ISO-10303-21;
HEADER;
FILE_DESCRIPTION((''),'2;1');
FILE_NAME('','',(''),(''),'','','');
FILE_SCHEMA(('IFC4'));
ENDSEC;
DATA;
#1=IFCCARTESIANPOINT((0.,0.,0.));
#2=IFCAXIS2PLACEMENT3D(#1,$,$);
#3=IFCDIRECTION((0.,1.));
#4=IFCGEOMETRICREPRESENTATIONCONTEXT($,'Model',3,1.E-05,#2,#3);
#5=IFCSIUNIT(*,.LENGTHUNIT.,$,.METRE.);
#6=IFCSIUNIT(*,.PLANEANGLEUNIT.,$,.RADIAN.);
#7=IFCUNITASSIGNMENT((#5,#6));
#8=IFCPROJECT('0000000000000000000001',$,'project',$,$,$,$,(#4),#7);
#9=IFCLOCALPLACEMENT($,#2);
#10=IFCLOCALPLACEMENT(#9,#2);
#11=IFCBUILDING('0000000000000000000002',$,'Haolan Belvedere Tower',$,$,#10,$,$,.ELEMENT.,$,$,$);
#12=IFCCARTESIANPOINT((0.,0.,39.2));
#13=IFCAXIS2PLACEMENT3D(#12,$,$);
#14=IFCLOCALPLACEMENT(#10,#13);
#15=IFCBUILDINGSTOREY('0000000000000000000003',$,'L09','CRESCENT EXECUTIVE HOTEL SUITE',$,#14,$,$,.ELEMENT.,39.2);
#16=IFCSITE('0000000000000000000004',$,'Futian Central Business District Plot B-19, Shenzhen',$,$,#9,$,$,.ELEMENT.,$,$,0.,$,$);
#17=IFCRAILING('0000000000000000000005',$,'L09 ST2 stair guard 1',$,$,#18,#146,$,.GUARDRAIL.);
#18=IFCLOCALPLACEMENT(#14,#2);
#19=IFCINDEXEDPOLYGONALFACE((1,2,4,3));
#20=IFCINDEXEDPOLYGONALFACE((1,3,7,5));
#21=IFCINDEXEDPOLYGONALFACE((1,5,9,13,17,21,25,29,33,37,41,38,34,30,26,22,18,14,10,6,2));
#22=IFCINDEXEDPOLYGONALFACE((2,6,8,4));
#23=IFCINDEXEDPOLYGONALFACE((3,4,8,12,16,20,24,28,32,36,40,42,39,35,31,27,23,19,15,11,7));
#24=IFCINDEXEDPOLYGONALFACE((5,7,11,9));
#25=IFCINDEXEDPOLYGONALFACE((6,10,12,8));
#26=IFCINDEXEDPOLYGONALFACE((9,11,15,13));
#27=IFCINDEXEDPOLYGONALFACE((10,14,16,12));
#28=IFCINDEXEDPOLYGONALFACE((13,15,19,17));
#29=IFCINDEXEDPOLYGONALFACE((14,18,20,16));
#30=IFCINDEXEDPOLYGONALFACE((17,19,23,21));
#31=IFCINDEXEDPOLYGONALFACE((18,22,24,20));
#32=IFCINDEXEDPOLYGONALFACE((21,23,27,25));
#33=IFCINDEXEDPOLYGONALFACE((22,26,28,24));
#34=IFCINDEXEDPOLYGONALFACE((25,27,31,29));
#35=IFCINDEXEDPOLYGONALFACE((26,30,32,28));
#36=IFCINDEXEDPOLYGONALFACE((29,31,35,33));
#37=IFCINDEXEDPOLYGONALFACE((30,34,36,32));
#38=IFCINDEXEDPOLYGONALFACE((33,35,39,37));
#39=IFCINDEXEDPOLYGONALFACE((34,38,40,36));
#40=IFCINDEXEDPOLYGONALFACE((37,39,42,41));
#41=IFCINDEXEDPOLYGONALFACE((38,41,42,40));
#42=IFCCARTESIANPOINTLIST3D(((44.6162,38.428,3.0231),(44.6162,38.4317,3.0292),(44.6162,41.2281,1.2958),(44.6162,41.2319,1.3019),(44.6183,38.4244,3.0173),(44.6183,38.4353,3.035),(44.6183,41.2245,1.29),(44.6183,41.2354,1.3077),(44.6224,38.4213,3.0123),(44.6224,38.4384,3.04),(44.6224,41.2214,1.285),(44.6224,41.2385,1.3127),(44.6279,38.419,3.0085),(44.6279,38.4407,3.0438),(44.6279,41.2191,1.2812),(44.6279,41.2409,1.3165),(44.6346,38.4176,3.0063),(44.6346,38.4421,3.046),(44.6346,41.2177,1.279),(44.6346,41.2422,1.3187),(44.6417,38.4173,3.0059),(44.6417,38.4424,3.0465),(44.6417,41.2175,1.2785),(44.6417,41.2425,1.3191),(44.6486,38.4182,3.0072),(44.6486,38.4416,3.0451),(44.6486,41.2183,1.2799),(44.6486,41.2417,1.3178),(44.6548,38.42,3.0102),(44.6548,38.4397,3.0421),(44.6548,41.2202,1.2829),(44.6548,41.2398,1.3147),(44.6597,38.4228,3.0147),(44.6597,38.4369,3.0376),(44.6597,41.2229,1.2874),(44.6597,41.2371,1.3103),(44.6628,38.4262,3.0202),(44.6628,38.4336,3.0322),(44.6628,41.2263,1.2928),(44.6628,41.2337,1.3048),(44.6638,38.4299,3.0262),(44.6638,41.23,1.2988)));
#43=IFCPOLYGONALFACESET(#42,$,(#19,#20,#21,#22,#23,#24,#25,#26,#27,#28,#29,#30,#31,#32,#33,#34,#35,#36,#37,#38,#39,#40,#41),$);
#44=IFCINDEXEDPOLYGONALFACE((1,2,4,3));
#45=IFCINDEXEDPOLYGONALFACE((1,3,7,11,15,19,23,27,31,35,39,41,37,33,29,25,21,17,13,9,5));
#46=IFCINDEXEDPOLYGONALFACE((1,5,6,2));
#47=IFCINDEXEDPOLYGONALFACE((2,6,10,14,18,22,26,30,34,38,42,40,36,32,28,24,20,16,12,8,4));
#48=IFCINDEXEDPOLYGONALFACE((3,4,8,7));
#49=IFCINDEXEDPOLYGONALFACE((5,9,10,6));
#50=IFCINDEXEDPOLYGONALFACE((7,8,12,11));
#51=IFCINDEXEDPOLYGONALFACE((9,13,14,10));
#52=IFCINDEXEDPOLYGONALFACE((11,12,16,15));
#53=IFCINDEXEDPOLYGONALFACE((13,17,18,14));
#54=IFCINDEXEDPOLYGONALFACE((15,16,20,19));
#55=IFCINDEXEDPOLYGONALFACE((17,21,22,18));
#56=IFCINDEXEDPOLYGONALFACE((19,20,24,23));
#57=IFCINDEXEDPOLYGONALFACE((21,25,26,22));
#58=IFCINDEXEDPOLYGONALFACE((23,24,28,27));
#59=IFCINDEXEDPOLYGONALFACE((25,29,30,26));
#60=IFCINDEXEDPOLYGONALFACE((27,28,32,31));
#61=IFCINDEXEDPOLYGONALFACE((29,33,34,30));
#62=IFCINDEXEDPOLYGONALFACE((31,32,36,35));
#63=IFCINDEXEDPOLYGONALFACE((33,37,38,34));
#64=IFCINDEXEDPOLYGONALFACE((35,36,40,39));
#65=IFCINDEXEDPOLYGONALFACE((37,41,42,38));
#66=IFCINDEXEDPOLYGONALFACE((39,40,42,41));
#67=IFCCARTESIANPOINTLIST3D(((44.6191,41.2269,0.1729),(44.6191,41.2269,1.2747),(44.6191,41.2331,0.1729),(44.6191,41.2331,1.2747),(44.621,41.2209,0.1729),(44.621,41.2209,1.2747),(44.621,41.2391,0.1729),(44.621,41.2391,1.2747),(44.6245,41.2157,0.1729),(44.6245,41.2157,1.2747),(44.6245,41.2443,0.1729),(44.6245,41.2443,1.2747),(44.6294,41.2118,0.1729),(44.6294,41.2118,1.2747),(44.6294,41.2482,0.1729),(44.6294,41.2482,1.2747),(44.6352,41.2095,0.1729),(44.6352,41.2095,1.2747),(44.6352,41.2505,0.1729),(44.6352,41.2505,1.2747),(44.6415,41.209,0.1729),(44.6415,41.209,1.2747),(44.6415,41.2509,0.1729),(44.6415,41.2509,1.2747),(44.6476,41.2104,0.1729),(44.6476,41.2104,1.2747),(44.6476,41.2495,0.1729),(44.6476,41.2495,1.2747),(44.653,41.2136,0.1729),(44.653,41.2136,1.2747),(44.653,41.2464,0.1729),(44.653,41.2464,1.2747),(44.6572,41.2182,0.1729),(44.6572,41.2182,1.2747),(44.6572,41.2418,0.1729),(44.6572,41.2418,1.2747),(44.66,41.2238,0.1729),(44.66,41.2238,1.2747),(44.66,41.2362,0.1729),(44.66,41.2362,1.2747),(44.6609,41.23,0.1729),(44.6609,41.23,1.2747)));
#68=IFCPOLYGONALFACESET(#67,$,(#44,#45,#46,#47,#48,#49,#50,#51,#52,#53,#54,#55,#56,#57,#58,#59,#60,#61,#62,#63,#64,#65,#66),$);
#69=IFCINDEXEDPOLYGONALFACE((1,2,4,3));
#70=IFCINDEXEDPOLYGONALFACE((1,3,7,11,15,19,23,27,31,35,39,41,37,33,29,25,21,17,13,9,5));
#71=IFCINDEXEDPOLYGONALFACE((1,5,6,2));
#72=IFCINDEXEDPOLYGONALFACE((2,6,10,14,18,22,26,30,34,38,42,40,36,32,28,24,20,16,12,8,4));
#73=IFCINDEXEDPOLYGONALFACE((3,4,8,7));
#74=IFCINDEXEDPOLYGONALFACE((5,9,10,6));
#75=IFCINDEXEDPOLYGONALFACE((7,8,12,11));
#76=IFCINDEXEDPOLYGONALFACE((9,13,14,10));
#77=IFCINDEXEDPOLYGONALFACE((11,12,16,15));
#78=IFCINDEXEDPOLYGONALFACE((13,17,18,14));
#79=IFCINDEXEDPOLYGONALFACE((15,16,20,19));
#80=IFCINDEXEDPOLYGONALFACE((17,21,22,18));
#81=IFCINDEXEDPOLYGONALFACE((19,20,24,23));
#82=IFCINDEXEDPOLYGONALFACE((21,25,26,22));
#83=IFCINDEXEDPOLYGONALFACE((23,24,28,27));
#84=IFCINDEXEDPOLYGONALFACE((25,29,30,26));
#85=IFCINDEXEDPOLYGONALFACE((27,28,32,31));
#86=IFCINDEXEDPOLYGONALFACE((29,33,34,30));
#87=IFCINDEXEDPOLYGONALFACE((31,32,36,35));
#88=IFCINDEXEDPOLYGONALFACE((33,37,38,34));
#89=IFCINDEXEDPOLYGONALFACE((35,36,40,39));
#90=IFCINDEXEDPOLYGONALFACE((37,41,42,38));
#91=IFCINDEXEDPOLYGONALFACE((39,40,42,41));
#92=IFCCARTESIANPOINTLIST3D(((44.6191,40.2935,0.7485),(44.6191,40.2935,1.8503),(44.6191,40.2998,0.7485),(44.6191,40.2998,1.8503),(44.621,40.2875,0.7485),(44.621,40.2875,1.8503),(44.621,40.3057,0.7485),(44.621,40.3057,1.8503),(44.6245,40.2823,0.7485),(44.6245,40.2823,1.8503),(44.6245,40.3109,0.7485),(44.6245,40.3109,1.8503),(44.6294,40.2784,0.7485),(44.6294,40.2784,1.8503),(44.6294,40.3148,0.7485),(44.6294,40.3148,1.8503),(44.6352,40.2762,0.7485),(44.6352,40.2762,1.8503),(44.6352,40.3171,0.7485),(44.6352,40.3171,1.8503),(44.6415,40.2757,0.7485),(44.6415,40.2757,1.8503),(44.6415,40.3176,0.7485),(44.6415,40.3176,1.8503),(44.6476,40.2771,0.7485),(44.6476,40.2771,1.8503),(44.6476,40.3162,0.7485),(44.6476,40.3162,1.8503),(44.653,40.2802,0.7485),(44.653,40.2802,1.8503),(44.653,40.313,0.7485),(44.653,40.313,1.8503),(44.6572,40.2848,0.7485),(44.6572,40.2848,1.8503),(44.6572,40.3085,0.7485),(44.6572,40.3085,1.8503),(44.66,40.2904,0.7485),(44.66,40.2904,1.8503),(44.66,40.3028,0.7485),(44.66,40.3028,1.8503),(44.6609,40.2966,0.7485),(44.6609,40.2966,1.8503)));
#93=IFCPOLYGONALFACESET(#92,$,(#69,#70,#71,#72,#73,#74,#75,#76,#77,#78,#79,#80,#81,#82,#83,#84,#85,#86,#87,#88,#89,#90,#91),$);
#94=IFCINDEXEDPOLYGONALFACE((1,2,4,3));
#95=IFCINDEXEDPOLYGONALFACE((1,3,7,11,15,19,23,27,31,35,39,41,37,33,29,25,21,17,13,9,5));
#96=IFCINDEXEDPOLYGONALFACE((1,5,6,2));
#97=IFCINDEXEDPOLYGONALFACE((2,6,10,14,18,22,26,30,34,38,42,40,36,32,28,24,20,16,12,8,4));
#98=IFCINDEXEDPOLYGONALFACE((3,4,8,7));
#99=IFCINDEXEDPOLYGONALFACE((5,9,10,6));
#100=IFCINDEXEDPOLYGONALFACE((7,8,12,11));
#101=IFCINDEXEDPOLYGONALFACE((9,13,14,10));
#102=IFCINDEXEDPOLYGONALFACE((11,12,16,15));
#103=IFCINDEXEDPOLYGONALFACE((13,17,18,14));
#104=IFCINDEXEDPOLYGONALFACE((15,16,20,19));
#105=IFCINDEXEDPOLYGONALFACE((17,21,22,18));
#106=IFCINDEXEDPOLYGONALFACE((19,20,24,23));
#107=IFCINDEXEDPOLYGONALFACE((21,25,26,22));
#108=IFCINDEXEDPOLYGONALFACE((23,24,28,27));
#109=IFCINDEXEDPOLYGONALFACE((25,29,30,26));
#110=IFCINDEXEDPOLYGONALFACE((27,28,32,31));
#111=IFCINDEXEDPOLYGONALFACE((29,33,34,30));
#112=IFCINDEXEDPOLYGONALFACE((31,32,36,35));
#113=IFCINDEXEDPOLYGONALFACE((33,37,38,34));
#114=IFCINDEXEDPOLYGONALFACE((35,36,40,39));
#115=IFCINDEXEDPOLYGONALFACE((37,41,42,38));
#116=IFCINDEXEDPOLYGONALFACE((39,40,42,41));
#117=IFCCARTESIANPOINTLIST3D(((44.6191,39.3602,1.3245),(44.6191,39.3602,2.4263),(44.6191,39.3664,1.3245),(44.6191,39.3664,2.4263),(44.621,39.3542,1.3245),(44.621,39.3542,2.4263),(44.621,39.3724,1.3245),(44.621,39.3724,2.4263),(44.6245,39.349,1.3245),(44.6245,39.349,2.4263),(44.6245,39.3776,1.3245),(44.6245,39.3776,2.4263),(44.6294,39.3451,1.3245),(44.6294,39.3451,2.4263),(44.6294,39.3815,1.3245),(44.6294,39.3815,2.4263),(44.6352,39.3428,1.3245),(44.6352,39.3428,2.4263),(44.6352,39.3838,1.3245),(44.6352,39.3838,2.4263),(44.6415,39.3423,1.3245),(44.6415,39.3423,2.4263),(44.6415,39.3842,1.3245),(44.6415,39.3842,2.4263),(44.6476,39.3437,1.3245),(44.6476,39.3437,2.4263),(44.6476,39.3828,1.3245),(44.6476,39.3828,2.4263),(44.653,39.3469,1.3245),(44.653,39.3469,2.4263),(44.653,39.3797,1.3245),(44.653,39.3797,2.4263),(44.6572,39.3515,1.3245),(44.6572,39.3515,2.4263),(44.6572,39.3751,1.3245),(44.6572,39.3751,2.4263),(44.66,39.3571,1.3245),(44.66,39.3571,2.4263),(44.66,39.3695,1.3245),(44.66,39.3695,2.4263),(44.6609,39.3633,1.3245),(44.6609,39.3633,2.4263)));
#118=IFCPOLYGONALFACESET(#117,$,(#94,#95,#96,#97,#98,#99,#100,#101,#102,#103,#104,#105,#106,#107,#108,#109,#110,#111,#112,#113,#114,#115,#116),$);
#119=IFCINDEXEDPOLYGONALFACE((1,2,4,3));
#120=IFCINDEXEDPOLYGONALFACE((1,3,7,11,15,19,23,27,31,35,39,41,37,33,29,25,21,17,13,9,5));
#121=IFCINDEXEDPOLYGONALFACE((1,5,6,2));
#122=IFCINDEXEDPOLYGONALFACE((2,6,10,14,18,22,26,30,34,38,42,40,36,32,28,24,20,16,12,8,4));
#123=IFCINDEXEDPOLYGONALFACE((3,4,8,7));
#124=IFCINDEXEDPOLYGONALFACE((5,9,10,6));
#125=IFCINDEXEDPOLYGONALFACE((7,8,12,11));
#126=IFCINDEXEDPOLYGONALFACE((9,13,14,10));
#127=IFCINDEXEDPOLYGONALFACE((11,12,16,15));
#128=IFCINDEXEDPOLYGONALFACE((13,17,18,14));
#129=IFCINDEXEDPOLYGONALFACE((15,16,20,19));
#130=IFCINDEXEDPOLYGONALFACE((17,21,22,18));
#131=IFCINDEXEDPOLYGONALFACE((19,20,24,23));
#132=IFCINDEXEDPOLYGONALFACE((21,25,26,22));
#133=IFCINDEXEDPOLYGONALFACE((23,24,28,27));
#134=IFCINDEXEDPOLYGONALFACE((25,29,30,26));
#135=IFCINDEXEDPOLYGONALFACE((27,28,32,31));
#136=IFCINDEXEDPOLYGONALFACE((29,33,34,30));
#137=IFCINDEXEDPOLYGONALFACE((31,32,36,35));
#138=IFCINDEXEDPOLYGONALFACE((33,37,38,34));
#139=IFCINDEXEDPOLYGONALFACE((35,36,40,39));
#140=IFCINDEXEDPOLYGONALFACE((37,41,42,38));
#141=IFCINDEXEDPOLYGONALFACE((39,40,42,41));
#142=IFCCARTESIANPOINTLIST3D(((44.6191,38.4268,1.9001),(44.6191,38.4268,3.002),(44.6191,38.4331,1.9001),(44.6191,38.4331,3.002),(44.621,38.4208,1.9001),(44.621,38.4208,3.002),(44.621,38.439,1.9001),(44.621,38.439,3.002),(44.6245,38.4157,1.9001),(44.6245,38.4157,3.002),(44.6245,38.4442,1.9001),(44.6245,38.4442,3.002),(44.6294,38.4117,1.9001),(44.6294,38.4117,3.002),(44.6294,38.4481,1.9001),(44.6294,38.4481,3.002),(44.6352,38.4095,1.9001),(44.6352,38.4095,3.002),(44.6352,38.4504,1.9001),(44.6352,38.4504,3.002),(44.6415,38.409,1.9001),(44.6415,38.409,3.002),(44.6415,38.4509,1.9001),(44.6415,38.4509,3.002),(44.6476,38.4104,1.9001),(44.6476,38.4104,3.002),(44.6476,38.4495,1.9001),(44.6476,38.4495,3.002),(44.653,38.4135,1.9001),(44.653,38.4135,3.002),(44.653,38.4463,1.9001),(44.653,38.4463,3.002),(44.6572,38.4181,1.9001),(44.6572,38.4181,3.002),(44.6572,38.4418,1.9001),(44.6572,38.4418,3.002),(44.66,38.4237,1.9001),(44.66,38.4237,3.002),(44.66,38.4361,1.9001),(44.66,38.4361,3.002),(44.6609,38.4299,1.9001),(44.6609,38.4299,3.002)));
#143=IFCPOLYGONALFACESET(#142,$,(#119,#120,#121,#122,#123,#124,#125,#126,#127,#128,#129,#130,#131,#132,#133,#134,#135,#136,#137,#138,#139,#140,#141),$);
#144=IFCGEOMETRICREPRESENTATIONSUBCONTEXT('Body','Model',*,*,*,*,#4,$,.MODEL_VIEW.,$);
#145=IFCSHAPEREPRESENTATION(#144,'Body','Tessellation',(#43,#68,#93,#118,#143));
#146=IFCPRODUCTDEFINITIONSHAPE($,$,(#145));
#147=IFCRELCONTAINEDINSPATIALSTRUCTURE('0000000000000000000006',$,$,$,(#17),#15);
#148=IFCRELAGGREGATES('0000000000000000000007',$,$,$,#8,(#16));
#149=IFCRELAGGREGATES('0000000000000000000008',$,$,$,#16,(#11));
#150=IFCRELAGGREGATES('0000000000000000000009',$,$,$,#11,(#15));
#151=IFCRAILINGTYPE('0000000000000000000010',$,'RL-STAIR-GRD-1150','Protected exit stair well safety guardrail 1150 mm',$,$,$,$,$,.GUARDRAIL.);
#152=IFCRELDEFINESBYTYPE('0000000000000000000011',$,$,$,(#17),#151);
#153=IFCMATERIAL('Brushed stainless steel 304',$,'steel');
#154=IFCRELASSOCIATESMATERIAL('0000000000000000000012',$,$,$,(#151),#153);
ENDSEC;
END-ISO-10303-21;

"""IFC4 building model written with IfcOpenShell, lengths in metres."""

from ifc_helpers import new_model, si_unit, direction, frame, origin, origin_2d, place, context, subcontext, project, spatial, circle, extrude, material, type_object, element, save


model = new_model("IFC4")

# Units and contexts
model_context = context("Model", 3, precision=1e-05, world=origin(), true_north=direction((0.0, 1.0)))
body_context = subcontext(model_context, "Body", "Model", "MODEL_VIEW")
ifc_project = project(units=[si_unit("LENGTHUNIT", "METRE"), si_unit("PLANEANGLEUNIT", "RADIAN")], contexts=[model_context])

# Site, building, storey
site_placement = place(None, origin())
site = spatial("IfcSite", under=ifc_project, at=site_placement, Name="Futian Central Business District Plot B-19, Shenzhen", CompositionType="ELEMENT", RefElevation=0.0)
building_placement = place(site_placement, origin())
building = spatial("IfcBuilding", under=site, at=building_placement, Name="Haolan Belvedere Tower", CompositionType="ELEMENT")
storey_placement = place(building_placement, frame((0.0, 0.0, 39.2)))
storey = spatial("IfcBuildingStorey", under=building, at=storey_placement, Name="L09", Description="CRESCENT EXECUTIVE HOTEL SUITE", CompositionType="ELEMENT", Elevation=39.2)

# Railing
ifc_material_1 = material(Name="Brushed stainless steel 304", Category="steel")
railing_type_1 = type_object("IfcRailingType", Name="RL-STAIR-GRD-1150", Description="Protected exit stair well safety guardrail 1150 mm", PredefinedType="GUARDRAIL", material=ifc_material_1)
railing_1_placement = place(storey_placement, frame((44.6399, 41.23, 0.1729)))
element("IfcRailing", 1, at=railing_1_placement, inside=storey, type_object=railing_type_1, Name="L09 ST2 stair guard 1", PredefinedType="GUARDRAIL", context=body_context, shape_type="SweptSolid", body=[
    extrude(circle(Radius=0.0239, at=origin_2d()), frame((0.0, 0.0, 1.126), z_axis=(0.0, -0.85109, 0.52502), x_axis=(1.0, 0.0, 0.0)), (0.0, 0.0, 1.0), 3.29),
    extrude(circle(Radius=0.021, at=origin_2d()), origin(), (0.0, 0.0, 1.0), 1.1018),
    extrude(circle(Radius=0.021, at=origin_2d()), frame((0.0, -0.9333, 0.5757)), (0.0, 0.0, 1.0), 1.1018),
    extrude(circle(Radius=0.021, at=origin_2d()), frame((0.0, -1.8667, 1.1516)), (0.0, 0.0, 1.0), 1.1018),
    extrude(circle(Radius=0.021, at=origin_2d()), frame((0.0, -2.8, 1.7273)), (0.0, 0.0, 1.0), 1.1018),
])

save(model, "model.ifc")
